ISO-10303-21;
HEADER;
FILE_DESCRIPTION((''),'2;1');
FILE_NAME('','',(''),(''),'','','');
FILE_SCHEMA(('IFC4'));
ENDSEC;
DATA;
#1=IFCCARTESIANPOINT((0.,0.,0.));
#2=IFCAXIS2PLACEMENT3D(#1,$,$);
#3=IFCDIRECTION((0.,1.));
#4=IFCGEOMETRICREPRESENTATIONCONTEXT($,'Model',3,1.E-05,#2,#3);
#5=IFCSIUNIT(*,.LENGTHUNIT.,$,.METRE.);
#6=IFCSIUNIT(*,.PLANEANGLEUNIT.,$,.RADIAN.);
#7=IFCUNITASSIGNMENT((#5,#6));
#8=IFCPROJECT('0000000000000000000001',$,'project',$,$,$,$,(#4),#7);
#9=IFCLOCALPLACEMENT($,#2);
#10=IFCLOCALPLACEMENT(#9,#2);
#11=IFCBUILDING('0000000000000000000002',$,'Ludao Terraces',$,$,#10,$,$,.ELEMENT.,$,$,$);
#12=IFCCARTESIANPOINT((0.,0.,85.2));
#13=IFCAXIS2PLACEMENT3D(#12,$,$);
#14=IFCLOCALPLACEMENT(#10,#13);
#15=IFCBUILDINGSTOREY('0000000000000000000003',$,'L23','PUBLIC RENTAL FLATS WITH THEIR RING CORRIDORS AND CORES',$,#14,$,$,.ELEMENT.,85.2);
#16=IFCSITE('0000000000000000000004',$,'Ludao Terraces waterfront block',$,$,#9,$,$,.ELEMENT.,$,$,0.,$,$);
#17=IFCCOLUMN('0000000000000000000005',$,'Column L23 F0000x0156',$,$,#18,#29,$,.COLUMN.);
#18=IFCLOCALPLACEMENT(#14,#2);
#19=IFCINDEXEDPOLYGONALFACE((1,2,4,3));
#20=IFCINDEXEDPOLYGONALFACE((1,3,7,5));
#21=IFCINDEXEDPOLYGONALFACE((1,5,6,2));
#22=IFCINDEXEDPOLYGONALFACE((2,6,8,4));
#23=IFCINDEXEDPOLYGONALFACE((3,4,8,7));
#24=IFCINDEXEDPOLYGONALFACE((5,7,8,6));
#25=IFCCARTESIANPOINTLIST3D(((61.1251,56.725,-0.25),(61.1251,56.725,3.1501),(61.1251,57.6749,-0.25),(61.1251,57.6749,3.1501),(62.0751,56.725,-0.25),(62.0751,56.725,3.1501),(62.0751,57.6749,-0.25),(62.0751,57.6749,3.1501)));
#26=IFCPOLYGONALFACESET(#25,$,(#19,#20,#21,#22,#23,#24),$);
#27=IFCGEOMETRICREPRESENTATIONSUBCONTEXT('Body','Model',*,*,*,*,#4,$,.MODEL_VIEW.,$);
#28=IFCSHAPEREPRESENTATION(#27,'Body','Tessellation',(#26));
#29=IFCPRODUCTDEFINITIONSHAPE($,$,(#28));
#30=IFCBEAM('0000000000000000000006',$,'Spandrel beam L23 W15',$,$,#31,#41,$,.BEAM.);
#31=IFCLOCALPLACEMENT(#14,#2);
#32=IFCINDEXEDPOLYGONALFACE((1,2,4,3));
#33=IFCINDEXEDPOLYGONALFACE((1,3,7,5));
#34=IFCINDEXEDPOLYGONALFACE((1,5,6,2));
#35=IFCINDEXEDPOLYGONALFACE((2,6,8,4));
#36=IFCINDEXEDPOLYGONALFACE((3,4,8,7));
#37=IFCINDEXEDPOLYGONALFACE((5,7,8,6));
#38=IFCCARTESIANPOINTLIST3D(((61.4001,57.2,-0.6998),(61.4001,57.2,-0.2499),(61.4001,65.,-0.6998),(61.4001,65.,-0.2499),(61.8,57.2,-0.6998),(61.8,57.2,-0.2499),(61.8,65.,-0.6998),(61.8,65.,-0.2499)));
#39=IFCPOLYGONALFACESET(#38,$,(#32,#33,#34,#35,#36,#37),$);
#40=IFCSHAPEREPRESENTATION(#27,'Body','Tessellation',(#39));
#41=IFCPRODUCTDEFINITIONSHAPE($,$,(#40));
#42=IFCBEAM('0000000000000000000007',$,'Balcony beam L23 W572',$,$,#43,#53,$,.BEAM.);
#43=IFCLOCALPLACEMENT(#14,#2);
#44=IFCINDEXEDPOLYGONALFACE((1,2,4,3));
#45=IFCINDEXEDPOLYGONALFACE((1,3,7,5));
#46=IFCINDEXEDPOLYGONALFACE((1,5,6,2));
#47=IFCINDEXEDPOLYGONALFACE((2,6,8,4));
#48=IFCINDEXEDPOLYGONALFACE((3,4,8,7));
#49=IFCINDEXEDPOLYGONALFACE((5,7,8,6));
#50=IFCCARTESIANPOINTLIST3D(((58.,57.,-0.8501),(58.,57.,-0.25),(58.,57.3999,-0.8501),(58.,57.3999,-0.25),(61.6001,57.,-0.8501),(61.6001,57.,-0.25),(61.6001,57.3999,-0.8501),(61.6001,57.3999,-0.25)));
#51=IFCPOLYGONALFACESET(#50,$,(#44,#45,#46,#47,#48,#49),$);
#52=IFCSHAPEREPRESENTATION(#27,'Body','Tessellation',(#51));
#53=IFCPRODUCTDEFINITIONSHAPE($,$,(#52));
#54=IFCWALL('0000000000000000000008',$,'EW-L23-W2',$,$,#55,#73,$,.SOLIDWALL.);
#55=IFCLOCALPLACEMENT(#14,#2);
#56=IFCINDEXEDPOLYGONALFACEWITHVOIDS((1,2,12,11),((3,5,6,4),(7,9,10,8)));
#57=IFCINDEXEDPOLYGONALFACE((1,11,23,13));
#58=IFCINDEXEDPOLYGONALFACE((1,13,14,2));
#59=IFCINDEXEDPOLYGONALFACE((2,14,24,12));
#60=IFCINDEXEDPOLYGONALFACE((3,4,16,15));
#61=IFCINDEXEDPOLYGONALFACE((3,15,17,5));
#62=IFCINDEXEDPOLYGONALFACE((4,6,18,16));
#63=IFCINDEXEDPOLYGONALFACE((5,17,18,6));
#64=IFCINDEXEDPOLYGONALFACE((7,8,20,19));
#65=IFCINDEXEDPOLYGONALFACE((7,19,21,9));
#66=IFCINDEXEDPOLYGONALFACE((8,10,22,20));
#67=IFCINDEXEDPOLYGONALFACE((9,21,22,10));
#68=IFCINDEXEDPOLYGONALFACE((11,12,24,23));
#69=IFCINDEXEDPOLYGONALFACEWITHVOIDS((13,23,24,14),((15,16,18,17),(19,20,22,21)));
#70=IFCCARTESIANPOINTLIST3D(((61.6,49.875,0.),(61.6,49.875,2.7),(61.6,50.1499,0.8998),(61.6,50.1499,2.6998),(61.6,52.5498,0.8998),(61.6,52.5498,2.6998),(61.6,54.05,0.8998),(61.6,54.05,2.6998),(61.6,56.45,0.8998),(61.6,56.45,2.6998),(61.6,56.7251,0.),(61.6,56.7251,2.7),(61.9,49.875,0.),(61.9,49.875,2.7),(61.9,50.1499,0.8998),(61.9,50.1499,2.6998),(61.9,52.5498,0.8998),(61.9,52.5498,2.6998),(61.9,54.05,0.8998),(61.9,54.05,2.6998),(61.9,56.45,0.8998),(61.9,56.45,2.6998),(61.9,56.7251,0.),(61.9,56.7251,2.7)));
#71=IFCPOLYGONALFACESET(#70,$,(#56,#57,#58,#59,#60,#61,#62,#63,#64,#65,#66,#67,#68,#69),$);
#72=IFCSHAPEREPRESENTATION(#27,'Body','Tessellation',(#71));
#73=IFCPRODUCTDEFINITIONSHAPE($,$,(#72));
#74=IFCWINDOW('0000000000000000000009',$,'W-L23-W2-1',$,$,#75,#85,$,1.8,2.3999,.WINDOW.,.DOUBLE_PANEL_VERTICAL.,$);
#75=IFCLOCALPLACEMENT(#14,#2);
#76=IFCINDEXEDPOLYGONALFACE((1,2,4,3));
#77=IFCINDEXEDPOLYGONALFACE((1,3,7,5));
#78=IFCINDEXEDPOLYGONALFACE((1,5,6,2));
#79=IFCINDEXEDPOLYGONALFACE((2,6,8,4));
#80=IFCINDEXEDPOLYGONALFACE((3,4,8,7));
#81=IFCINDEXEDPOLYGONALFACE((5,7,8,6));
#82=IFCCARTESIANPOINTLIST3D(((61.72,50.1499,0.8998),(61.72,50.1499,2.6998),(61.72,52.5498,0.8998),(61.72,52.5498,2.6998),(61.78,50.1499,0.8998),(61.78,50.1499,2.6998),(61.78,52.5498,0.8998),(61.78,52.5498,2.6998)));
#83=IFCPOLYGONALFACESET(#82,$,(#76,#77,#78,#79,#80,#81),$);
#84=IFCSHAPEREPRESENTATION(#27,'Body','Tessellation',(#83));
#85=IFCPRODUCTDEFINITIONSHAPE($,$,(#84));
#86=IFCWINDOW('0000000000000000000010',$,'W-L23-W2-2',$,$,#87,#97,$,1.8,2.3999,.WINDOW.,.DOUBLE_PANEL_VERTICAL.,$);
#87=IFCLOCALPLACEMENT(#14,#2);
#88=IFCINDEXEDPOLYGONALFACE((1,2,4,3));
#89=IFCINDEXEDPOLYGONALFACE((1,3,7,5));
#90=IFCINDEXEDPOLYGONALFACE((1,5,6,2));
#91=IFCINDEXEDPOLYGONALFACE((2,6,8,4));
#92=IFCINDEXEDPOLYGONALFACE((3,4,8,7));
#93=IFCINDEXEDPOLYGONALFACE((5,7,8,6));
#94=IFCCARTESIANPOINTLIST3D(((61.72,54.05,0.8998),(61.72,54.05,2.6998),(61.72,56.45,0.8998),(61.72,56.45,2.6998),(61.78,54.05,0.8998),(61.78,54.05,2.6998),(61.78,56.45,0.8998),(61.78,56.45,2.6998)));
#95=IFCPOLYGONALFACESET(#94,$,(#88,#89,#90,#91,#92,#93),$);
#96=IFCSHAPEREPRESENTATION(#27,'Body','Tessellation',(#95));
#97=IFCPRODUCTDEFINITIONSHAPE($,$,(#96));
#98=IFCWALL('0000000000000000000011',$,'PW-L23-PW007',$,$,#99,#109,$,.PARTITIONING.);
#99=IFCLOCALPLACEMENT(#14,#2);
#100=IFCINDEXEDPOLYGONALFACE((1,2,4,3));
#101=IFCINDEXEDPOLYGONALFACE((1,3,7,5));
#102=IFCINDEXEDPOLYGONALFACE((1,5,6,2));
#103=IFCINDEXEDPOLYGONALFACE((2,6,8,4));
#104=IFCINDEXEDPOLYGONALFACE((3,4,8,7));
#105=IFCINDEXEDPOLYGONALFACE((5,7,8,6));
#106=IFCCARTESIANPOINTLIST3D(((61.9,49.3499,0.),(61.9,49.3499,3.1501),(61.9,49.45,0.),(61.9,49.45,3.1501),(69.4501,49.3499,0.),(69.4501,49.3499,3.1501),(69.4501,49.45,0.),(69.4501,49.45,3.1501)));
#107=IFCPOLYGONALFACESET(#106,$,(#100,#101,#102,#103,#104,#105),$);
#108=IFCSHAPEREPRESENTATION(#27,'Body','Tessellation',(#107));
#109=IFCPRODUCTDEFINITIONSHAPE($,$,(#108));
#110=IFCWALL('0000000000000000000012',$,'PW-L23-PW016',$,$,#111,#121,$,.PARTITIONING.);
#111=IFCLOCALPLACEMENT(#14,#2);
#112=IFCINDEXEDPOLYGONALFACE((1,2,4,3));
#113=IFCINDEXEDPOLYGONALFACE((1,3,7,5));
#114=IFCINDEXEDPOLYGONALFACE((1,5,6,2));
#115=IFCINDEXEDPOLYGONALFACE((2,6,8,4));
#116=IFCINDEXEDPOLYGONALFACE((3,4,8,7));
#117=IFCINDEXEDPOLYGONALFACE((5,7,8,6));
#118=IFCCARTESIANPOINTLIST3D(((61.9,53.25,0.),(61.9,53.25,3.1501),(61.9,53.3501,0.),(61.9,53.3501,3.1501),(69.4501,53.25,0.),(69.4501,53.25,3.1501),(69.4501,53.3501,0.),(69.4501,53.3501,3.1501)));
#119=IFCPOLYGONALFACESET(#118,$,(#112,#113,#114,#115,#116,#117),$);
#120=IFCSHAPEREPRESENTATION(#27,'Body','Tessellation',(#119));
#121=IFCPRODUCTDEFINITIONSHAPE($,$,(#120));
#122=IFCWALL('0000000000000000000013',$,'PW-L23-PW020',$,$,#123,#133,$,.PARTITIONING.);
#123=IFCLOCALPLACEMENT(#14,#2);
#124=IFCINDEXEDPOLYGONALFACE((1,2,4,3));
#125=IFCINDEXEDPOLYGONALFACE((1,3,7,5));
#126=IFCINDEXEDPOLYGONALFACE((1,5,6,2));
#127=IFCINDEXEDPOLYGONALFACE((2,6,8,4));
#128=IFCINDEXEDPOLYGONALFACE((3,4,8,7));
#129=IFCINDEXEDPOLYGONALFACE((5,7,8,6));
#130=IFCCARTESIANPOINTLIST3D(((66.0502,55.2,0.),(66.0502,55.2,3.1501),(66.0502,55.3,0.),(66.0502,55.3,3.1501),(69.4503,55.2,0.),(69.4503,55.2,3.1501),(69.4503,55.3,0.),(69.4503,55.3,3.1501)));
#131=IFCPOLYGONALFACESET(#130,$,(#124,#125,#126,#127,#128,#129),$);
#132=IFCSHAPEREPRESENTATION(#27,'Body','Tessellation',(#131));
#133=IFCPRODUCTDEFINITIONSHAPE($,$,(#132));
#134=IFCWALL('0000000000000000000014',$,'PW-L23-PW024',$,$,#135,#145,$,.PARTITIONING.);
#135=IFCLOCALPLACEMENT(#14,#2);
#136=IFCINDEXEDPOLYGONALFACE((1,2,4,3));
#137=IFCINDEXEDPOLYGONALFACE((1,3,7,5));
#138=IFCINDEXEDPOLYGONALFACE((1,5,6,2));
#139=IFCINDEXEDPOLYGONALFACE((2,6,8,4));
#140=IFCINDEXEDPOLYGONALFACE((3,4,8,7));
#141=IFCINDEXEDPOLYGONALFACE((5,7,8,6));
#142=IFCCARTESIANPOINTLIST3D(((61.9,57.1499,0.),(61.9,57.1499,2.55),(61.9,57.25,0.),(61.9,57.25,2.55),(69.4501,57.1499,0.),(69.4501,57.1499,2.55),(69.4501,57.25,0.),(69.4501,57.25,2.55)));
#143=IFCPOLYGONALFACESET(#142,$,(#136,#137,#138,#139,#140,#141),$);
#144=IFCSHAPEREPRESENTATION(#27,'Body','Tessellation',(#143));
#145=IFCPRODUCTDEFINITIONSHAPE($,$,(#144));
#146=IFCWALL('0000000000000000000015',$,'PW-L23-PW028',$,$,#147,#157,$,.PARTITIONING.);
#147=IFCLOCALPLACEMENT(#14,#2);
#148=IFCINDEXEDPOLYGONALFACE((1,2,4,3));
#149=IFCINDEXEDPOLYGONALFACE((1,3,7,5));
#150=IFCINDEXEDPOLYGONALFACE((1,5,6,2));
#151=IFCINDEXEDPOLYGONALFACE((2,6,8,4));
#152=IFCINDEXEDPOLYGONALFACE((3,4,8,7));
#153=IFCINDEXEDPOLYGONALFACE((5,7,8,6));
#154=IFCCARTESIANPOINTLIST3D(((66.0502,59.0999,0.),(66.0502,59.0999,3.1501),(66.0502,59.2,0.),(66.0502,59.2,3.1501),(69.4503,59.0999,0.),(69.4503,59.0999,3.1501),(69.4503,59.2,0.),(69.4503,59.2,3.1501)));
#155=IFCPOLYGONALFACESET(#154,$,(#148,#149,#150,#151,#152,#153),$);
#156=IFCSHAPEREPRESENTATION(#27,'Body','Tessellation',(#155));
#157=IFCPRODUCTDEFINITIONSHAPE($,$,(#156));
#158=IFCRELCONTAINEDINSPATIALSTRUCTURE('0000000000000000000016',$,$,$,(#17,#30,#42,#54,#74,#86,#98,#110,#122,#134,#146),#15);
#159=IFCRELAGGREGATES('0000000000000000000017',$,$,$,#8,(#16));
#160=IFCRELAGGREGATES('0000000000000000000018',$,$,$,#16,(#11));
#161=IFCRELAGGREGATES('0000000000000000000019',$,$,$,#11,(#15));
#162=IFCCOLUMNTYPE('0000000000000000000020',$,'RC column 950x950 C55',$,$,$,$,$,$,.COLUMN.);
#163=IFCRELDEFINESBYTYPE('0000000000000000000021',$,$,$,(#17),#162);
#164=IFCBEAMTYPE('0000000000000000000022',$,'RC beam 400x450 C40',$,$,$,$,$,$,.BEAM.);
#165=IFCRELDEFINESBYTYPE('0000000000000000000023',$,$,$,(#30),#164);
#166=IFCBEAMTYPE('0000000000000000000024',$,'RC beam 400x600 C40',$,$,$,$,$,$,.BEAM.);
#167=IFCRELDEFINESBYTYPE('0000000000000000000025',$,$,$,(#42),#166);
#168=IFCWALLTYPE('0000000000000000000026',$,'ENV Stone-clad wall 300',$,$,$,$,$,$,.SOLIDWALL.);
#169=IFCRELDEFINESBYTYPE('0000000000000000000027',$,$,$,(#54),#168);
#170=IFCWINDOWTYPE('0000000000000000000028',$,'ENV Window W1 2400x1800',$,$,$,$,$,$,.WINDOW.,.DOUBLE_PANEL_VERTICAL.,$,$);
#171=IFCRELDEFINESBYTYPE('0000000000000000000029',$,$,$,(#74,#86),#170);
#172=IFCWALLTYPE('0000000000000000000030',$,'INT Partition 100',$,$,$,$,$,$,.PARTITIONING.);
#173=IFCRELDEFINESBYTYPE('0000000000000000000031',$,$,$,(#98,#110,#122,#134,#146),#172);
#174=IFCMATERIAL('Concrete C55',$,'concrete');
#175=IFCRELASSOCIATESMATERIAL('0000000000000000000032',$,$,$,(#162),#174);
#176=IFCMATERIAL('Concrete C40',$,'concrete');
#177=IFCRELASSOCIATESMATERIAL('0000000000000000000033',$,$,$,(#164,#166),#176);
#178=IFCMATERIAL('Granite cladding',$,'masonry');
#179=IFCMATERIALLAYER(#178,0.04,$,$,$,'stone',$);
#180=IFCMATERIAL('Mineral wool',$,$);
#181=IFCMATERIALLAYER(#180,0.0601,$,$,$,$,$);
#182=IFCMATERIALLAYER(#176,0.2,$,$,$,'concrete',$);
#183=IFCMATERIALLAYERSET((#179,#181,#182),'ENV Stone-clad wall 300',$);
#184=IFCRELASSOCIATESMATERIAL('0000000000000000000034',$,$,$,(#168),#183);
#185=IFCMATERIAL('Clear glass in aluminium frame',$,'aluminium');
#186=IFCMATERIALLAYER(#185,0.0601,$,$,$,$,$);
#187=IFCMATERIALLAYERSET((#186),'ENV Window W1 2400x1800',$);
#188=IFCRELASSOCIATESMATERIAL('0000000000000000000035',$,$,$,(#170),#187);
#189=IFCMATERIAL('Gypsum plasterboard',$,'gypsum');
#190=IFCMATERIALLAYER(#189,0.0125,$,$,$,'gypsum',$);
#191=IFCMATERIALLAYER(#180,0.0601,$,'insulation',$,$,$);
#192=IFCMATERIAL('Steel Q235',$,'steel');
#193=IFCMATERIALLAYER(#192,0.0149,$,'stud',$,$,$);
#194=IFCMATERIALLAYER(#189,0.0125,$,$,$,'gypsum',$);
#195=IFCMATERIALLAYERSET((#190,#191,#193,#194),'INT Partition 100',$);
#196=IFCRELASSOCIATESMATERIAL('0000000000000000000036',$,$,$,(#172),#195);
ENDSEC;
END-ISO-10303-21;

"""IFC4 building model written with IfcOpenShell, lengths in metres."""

from ifc_helpers import new_model, si_unit, direction, frame, frame_2d, origin, origin_2d, place, context, subcontext, project, spatial, rectangle, extrude, material, layer, layer_set, material_profile, profile_set, type_object, element, fill, save


model = new_model("IFC4")

# Units and contexts
model_context = context("Model", 3, precision=1e-05, world=origin(), true_north=direction((0.0, 1.0)))
body_context = subcontext(model_context, "Body", "Model", "MODEL_VIEW")
ifc_project = project(units=[si_unit("LENGTHUNIT", "METRE"), si_unit("PLANEANGLEUNIT", "RADIAN")], contexts=[model_context])

# Site, building, storey
site_placement = place(None, origin())
site = spatial("IfcSite", under=ifc_project, at=site_placement, Name="Ludao Terraces waterfront block", CompositionType="ELEMENT", RefElevation=0.0)
building_placement = place(site_placement, origin())
building = spatial("IfcBuilding", under=site, at=building_placement, Name="Ludao Terraces", CompositionType="ELEMENT")
storey_placement = place(building_placement, frame((0.0, 0.0, 85.2)))
storey = spatial("IfcBuildingStorey", under=building, at=storey_placement, Name="L23", Description="PUBLIC RENTAL FLATS WITH THEIR RING CORRIDORS AND CORES", CompositionType="ELEMENT", Elevation=85.2)

# Column
ifc_material_1 = material(Name="Concrete C55", Category="concrete")
ifc_material_profile_1 = material_profile(ifc_material_1, rectangle(XDim=0.95, YDim=0.95, at=origin_2d()), Name="950 X 950")
ifc_profile_set_1 = profile_set([ifc_material_profile_1], Name="Concrete C55")
column_type = type_object("IfcColumnType", Name="RC column 950x950 C55", PredefinedType="COLUMN", material=ifc_profile_set_1)
column_placement = place(storey_placement, frame((61.6001, 57.2, -0.25), z_axis=(0.0, 0.0, 1.0), x_axis=(1.0, 0.0, 0.0)))
element("IfcColumn", 1, at=column_placement, inside=storey, type_object=column_type, Name="Column L23 F0000x0156", PredefinedType="COLUMN", context=body_context, shape_type="SweptSolid", body=[
    extrude(rectangle(XDim=0.95, YDim=0.95, at=origin_2d()), origin(), (0.0, 0.0, 1.0), 3.4001),
])

# Beams
ifc_material_2 = material(Name="Concrete C40", Category="concrete")
ifc_material_profile_2 = material_profile(ifc_material_2, rectangle(XDim=0.3999, YDim=0.45, at=origin_2d()), Name="400 X 450")
ifc_profile_set_2 = profile_set([ifc_material_profile_2], Name="Concrete C40")
beam_type_1 = type_object("IfcBeamType", Name="RC beam 400x450 C40", PredefinedType="BEAM", material=ifc_profile_set_2)
beam_1_placement = place(storey_placement, frame((61.6001, 57.2, -0.4749), z_axis=(0.0, 1.0, 0.0), x_axis=(-1.0, 0.0, 0.0)))
element("IfcBeam", 2, at=beam_1_placement, inside=storey, type_object=beam_type_1, Name="Spandrel beam L23 W15", PredefinedType="BEAM", context=body_context, shape_type="SweptSolid", body=[
    extrude(rectangle(XDim=0.3999, YDim=0.45, at=origin_2d()), origin(), (0.0, 0.0, 1.0), 7.8),
])
ifc_material_profile_3 = material_profile(ifc_material_2, rectangle(XDim=0.3999, YDim=0.6001, at=origin_2d()), Name="400 X 600")
ifc_profile_set_3 = profile_set([ifc_material_profile_3], Name="Concrete C40")
beam_type_2 = type_object("IfcBeamType", Name="RC beam 400x600 C40", PredefinedType="BEAM", material=ifc_profile_set_3)
beam_2_placement = place(storey_placement, frame((61.6001, 57.2, -0.55), z_axis=(-1.0, 0.0, 0.0), x_axis=(0.0, -1.0, 0.0)))
element("IfcBeam", 3, at=beam_2_placement, inside=storey, type_object=beam_type_2, Name="Balcony beam L23 W572", PredefinedType="BEAM", context=body_context, shape_type="SweptSolid", body=[
    extrude(rectangle(XDim=0.3999, YDim=0.6001, at=origin_2d()), origin(), (0.0, 0.0, 1.0), 3.6001),
])

# Wall, openings, windows
ifc_material_3 = material(Name="Granite cladding", Category="masonry")
ifc_layer_1 = layer(ifc_material_3, 0.04, Category="stone")
ifc_material_4 = material(Name="Mineral wool")
ifc_layer_2 = layer(ifc_material_4, 0.0601)
ifc_layer_3 = layer(ifc_material_2, 0.2, Category="concrete")
ifc_layer_set_1 = layer_set([ifc_layer_1, ifc_layer_2, ifc_layer_3], Name="ENV Stone-clad wall 300")
wall_type_1 = type_object("IfcWallType", Name="ENV Stone-clad wall 300", PredefinedType="SOLIDWALL", material=ifc_layer_set_1)
wall_1_placement = place(storey_placement, frame((61.75, 49.875, 0.0), z_axis=(0.0, 0.0, 1.0), x_axis=(0.0, 1.0, 0.0)))
wall_1 = element("IfcWall", 4, at=wall_1_placement, inside=storey, type_object=wall_type_1, Name="EW-L23-W2", PredefinedType="SOLIDWALL", context=body_context, shape_type="SweptSolid", body=[
    extrude(rectangle(XDim=6.8501, YDim=0.3, at=frame_2d((3.425, 0.0))), origin(), (0.0, 0.0, 1.0), 2.7),
])
opening_1_placement = place(wall_1_placement, frame((0.2749, 0.0, 0.8999)))
opening_1 = element("IfcOpeningElement", 5, at=opening_1_placement, cuts=wall_1, PredefinedType="OPENING", context=body_context, shape_type="SweptSolid", body=[
    extrude(rectangle(XDim=2.3999, YDim=1.8, at=frame_2d((1.2, 0.8999))), frame((0.0, 0.1602, 0.0), z_axis=(0.0, -1.0, 0.0), x_axis=(1.0, 0.0, 0.0)), (0.0, 0.0, 1.0), 0.3201),
])
opening_2_placement = place(wall_1_placement, frame((4.175, 0.0, 0.8999)))
opening_2 = element("IfcOpeningElement", 6, at=opening_2_placement, cuts=wall_1, PredefinedType="OPENING", context=body_context, shape_type="SweptSolid", body=[
    extrude(rectangle(XDim=2.3999, YDim=1.8, at=frame_2d((1.2, 0.8999))), frame((0.0, 0.1602, 0.0), z_axis=(0.0, -1.0, 0.0), x_axis=(1.0, 0.0, 0.0)), (0.0, 0.0, 1.0), 0.3201),
])
ifc_material_5 = material(Name="Clear glass in aluminium frame", Category="aluminium")
ifc_layer_4 = layer(ifc_material_5, 0.0601)
ifc_layer_set_2 = layer_set([ifc_layer_4], Name="ENV Window W1 2400x1800")
window_type = type_object("IfcWindowType", Name="ENV Window W1 2400x1800", PartitioningType="DOUBLE_PANEL_VERTICAL", PredefinedType="WINDOW", material=ifc_layer_set_2)
window_1_placement = place(opening_1_placement, origin())
window_1 = element("IfcWindow", 7, at=window_1_placement, inside=storey, type_object=window_type, Name="W-L23-W2-1", OverallHeight=1.8, OverallWidth=2.3999, PartitioningType="DOUBLE_PANEL_VERTICAL", PredefinedType="WINDOW", context=body_context, shape_type="SweptSolid", body=[
    extrude(rectangle(XDim=2.3999, YDim=1.8, at=frame_2d((1.2, 0.8999))), frame((0.0, 0.03, 0.0), z_axis=(0.0, -1.0, 0.0), x_axis=(1.0, 0.0, 0.0)), (0.0, 0.0, 1.0), 0.0601),
])
fill(opening_1, window_1)
window_2_placement = place(opening_2_placement, origin())
window_2 = element("IfcWindow", 8, at=window_2_placement, inside=storey, type_object=window_type, Name="W-L23-W2-2", OverallHeight=1.8, OverallWidth=2.3999, PartitioningType="DOUBLE_PANEL_VERTICAL", PredefinedType="WINDOW", context=body_context, shape_type="SweptSolid", body=[
    extrude(rectangle(XDim=2.3999, YDim=1.8, at=frame_2d((1.2, 0.8999))), frame((0.0, 0.03, 0.0), z_axis=(0.0, -1.0, 0.0), x_axis=(1.0, 0.0, 0.0)), (0.0, 0.0, 1.0), 0.0601),
])
fill(opening_2, window_2)

# Walls
ifc_material_6 = material(Name="Gypsum plasterboard", Category="gypsum")
ifc_layer_5 = layer(ifc_material_6, 0.0125, Category="gypsum")
ifc_layer_6 = layer(ifc_material_4, 0.0601, Name="insulation")
ifc_material_7 = material(Name="Steel Q235", Category="steel")
ifc_layer_7 = layer(ifc_material_7, 0.0149, Name="stud")
ifc_layer_8 = layer(ifc_material_6, 0.0125, Category="gypsum")
ifc_layer_set_3 = layer_set([ifc_layer_5, ifc_layer_6, ifc_layer_7, ifc_layer_8], Name="INT Partition 100")
wall_type_2 = type_object("IfcWallType", Name="INT Partition 100", PredefinedType="PARTITIONING", material=ifc_layer_set_3)
for number, where, z_axis, x_axis, name in (
    (9, (61.9001, 49.3999, 0.0), (0.0, 0.0, 1.0), (1.0, 0.0, 0.0), "PW-L23-PW007"),
    (10, (61.9001, 53.3, 0.0), (0.0, 0.0, 1.0), (1.0, 0.0, 0.0), "PW-L23-PW016"),
):
    element("IfcWall", number, at=place(storey_placement, frame(where, z_axis=z_axis, x_axis=x_axis)), inside=storey, type_object=wall_type_2, Name=name, PredefinedType="PARTITIONING", context=body_context, shape_type="SweptSolid", body=[
        extrude(rectangle(XDim=7.55, YDim=0.1001, at=frame_2d((3.7749, 0.0))), origin(), (0.0, 0.0, 1.0), 3.1501),
    ])
wall_2_placement = place(storey_placement, frame((66.05, 55.25, 0.0), z_axis=(0.0, 0.0, 1.0), x_axis=(1.0, 0.0, 0.0)))
element("IfcWall", 11, at=wall_2_placement, inside=storey, type_object=wall_type_2, Name="PW-L23-PW020", PredefinedType="PARTITIONING", context=body_context, shape_type="SweptSolid", body=[
    extrude(rectangle(XDim=3.4001, YDim=0.1001, at=frame_2d((1.7002, 0.0))), origin(), (0.0, 0.0, 1.0), 3.1501),
])
wall_3_placement = place(storey_placement, frame((61.9001, 57.2, 0.0), z_axis=(0.0, 0.0, 1.0), x_axis=(1.0, 0.0, 0.0)))
element("IfcWall", 12, at=wall_3_placement, inside=storey, type_object=wall_type_2, Name="PW-L23-PW024", PredefinedType="PARTITIONING", context=body_context, shape_type="SweptSolid", body=[
    extrude(rectangle(XDim=7.55, YDim=0.1001, at=frame_2d((3.7749, 0.0))), origin(), (0.0, 0.0, 1.0), 2.55),
])
wall_4_placement = place(storey_placement, frame((66.05, 59.1499, 0.0), z_axis=(0.0, 0.0, 1.0), x_axis=(1.0, 0.0, 0.0)))
element("IfcWall", 13, at=wall_4_placement, inside=storey, type_object=wall_type_2, Name="PW-L23-PW028", PredefinedType="PARTITIONING", context=body_context, shape_type="SweptSolid", body=[
    extrude(rectangle(XDim=3.4001, YDim=0.1001, at=frame_2d((1.7002, 0.0))), origin(), (0.0, 0.0, 1.0), 3.1501),
])

save(model, "model.ifc")
